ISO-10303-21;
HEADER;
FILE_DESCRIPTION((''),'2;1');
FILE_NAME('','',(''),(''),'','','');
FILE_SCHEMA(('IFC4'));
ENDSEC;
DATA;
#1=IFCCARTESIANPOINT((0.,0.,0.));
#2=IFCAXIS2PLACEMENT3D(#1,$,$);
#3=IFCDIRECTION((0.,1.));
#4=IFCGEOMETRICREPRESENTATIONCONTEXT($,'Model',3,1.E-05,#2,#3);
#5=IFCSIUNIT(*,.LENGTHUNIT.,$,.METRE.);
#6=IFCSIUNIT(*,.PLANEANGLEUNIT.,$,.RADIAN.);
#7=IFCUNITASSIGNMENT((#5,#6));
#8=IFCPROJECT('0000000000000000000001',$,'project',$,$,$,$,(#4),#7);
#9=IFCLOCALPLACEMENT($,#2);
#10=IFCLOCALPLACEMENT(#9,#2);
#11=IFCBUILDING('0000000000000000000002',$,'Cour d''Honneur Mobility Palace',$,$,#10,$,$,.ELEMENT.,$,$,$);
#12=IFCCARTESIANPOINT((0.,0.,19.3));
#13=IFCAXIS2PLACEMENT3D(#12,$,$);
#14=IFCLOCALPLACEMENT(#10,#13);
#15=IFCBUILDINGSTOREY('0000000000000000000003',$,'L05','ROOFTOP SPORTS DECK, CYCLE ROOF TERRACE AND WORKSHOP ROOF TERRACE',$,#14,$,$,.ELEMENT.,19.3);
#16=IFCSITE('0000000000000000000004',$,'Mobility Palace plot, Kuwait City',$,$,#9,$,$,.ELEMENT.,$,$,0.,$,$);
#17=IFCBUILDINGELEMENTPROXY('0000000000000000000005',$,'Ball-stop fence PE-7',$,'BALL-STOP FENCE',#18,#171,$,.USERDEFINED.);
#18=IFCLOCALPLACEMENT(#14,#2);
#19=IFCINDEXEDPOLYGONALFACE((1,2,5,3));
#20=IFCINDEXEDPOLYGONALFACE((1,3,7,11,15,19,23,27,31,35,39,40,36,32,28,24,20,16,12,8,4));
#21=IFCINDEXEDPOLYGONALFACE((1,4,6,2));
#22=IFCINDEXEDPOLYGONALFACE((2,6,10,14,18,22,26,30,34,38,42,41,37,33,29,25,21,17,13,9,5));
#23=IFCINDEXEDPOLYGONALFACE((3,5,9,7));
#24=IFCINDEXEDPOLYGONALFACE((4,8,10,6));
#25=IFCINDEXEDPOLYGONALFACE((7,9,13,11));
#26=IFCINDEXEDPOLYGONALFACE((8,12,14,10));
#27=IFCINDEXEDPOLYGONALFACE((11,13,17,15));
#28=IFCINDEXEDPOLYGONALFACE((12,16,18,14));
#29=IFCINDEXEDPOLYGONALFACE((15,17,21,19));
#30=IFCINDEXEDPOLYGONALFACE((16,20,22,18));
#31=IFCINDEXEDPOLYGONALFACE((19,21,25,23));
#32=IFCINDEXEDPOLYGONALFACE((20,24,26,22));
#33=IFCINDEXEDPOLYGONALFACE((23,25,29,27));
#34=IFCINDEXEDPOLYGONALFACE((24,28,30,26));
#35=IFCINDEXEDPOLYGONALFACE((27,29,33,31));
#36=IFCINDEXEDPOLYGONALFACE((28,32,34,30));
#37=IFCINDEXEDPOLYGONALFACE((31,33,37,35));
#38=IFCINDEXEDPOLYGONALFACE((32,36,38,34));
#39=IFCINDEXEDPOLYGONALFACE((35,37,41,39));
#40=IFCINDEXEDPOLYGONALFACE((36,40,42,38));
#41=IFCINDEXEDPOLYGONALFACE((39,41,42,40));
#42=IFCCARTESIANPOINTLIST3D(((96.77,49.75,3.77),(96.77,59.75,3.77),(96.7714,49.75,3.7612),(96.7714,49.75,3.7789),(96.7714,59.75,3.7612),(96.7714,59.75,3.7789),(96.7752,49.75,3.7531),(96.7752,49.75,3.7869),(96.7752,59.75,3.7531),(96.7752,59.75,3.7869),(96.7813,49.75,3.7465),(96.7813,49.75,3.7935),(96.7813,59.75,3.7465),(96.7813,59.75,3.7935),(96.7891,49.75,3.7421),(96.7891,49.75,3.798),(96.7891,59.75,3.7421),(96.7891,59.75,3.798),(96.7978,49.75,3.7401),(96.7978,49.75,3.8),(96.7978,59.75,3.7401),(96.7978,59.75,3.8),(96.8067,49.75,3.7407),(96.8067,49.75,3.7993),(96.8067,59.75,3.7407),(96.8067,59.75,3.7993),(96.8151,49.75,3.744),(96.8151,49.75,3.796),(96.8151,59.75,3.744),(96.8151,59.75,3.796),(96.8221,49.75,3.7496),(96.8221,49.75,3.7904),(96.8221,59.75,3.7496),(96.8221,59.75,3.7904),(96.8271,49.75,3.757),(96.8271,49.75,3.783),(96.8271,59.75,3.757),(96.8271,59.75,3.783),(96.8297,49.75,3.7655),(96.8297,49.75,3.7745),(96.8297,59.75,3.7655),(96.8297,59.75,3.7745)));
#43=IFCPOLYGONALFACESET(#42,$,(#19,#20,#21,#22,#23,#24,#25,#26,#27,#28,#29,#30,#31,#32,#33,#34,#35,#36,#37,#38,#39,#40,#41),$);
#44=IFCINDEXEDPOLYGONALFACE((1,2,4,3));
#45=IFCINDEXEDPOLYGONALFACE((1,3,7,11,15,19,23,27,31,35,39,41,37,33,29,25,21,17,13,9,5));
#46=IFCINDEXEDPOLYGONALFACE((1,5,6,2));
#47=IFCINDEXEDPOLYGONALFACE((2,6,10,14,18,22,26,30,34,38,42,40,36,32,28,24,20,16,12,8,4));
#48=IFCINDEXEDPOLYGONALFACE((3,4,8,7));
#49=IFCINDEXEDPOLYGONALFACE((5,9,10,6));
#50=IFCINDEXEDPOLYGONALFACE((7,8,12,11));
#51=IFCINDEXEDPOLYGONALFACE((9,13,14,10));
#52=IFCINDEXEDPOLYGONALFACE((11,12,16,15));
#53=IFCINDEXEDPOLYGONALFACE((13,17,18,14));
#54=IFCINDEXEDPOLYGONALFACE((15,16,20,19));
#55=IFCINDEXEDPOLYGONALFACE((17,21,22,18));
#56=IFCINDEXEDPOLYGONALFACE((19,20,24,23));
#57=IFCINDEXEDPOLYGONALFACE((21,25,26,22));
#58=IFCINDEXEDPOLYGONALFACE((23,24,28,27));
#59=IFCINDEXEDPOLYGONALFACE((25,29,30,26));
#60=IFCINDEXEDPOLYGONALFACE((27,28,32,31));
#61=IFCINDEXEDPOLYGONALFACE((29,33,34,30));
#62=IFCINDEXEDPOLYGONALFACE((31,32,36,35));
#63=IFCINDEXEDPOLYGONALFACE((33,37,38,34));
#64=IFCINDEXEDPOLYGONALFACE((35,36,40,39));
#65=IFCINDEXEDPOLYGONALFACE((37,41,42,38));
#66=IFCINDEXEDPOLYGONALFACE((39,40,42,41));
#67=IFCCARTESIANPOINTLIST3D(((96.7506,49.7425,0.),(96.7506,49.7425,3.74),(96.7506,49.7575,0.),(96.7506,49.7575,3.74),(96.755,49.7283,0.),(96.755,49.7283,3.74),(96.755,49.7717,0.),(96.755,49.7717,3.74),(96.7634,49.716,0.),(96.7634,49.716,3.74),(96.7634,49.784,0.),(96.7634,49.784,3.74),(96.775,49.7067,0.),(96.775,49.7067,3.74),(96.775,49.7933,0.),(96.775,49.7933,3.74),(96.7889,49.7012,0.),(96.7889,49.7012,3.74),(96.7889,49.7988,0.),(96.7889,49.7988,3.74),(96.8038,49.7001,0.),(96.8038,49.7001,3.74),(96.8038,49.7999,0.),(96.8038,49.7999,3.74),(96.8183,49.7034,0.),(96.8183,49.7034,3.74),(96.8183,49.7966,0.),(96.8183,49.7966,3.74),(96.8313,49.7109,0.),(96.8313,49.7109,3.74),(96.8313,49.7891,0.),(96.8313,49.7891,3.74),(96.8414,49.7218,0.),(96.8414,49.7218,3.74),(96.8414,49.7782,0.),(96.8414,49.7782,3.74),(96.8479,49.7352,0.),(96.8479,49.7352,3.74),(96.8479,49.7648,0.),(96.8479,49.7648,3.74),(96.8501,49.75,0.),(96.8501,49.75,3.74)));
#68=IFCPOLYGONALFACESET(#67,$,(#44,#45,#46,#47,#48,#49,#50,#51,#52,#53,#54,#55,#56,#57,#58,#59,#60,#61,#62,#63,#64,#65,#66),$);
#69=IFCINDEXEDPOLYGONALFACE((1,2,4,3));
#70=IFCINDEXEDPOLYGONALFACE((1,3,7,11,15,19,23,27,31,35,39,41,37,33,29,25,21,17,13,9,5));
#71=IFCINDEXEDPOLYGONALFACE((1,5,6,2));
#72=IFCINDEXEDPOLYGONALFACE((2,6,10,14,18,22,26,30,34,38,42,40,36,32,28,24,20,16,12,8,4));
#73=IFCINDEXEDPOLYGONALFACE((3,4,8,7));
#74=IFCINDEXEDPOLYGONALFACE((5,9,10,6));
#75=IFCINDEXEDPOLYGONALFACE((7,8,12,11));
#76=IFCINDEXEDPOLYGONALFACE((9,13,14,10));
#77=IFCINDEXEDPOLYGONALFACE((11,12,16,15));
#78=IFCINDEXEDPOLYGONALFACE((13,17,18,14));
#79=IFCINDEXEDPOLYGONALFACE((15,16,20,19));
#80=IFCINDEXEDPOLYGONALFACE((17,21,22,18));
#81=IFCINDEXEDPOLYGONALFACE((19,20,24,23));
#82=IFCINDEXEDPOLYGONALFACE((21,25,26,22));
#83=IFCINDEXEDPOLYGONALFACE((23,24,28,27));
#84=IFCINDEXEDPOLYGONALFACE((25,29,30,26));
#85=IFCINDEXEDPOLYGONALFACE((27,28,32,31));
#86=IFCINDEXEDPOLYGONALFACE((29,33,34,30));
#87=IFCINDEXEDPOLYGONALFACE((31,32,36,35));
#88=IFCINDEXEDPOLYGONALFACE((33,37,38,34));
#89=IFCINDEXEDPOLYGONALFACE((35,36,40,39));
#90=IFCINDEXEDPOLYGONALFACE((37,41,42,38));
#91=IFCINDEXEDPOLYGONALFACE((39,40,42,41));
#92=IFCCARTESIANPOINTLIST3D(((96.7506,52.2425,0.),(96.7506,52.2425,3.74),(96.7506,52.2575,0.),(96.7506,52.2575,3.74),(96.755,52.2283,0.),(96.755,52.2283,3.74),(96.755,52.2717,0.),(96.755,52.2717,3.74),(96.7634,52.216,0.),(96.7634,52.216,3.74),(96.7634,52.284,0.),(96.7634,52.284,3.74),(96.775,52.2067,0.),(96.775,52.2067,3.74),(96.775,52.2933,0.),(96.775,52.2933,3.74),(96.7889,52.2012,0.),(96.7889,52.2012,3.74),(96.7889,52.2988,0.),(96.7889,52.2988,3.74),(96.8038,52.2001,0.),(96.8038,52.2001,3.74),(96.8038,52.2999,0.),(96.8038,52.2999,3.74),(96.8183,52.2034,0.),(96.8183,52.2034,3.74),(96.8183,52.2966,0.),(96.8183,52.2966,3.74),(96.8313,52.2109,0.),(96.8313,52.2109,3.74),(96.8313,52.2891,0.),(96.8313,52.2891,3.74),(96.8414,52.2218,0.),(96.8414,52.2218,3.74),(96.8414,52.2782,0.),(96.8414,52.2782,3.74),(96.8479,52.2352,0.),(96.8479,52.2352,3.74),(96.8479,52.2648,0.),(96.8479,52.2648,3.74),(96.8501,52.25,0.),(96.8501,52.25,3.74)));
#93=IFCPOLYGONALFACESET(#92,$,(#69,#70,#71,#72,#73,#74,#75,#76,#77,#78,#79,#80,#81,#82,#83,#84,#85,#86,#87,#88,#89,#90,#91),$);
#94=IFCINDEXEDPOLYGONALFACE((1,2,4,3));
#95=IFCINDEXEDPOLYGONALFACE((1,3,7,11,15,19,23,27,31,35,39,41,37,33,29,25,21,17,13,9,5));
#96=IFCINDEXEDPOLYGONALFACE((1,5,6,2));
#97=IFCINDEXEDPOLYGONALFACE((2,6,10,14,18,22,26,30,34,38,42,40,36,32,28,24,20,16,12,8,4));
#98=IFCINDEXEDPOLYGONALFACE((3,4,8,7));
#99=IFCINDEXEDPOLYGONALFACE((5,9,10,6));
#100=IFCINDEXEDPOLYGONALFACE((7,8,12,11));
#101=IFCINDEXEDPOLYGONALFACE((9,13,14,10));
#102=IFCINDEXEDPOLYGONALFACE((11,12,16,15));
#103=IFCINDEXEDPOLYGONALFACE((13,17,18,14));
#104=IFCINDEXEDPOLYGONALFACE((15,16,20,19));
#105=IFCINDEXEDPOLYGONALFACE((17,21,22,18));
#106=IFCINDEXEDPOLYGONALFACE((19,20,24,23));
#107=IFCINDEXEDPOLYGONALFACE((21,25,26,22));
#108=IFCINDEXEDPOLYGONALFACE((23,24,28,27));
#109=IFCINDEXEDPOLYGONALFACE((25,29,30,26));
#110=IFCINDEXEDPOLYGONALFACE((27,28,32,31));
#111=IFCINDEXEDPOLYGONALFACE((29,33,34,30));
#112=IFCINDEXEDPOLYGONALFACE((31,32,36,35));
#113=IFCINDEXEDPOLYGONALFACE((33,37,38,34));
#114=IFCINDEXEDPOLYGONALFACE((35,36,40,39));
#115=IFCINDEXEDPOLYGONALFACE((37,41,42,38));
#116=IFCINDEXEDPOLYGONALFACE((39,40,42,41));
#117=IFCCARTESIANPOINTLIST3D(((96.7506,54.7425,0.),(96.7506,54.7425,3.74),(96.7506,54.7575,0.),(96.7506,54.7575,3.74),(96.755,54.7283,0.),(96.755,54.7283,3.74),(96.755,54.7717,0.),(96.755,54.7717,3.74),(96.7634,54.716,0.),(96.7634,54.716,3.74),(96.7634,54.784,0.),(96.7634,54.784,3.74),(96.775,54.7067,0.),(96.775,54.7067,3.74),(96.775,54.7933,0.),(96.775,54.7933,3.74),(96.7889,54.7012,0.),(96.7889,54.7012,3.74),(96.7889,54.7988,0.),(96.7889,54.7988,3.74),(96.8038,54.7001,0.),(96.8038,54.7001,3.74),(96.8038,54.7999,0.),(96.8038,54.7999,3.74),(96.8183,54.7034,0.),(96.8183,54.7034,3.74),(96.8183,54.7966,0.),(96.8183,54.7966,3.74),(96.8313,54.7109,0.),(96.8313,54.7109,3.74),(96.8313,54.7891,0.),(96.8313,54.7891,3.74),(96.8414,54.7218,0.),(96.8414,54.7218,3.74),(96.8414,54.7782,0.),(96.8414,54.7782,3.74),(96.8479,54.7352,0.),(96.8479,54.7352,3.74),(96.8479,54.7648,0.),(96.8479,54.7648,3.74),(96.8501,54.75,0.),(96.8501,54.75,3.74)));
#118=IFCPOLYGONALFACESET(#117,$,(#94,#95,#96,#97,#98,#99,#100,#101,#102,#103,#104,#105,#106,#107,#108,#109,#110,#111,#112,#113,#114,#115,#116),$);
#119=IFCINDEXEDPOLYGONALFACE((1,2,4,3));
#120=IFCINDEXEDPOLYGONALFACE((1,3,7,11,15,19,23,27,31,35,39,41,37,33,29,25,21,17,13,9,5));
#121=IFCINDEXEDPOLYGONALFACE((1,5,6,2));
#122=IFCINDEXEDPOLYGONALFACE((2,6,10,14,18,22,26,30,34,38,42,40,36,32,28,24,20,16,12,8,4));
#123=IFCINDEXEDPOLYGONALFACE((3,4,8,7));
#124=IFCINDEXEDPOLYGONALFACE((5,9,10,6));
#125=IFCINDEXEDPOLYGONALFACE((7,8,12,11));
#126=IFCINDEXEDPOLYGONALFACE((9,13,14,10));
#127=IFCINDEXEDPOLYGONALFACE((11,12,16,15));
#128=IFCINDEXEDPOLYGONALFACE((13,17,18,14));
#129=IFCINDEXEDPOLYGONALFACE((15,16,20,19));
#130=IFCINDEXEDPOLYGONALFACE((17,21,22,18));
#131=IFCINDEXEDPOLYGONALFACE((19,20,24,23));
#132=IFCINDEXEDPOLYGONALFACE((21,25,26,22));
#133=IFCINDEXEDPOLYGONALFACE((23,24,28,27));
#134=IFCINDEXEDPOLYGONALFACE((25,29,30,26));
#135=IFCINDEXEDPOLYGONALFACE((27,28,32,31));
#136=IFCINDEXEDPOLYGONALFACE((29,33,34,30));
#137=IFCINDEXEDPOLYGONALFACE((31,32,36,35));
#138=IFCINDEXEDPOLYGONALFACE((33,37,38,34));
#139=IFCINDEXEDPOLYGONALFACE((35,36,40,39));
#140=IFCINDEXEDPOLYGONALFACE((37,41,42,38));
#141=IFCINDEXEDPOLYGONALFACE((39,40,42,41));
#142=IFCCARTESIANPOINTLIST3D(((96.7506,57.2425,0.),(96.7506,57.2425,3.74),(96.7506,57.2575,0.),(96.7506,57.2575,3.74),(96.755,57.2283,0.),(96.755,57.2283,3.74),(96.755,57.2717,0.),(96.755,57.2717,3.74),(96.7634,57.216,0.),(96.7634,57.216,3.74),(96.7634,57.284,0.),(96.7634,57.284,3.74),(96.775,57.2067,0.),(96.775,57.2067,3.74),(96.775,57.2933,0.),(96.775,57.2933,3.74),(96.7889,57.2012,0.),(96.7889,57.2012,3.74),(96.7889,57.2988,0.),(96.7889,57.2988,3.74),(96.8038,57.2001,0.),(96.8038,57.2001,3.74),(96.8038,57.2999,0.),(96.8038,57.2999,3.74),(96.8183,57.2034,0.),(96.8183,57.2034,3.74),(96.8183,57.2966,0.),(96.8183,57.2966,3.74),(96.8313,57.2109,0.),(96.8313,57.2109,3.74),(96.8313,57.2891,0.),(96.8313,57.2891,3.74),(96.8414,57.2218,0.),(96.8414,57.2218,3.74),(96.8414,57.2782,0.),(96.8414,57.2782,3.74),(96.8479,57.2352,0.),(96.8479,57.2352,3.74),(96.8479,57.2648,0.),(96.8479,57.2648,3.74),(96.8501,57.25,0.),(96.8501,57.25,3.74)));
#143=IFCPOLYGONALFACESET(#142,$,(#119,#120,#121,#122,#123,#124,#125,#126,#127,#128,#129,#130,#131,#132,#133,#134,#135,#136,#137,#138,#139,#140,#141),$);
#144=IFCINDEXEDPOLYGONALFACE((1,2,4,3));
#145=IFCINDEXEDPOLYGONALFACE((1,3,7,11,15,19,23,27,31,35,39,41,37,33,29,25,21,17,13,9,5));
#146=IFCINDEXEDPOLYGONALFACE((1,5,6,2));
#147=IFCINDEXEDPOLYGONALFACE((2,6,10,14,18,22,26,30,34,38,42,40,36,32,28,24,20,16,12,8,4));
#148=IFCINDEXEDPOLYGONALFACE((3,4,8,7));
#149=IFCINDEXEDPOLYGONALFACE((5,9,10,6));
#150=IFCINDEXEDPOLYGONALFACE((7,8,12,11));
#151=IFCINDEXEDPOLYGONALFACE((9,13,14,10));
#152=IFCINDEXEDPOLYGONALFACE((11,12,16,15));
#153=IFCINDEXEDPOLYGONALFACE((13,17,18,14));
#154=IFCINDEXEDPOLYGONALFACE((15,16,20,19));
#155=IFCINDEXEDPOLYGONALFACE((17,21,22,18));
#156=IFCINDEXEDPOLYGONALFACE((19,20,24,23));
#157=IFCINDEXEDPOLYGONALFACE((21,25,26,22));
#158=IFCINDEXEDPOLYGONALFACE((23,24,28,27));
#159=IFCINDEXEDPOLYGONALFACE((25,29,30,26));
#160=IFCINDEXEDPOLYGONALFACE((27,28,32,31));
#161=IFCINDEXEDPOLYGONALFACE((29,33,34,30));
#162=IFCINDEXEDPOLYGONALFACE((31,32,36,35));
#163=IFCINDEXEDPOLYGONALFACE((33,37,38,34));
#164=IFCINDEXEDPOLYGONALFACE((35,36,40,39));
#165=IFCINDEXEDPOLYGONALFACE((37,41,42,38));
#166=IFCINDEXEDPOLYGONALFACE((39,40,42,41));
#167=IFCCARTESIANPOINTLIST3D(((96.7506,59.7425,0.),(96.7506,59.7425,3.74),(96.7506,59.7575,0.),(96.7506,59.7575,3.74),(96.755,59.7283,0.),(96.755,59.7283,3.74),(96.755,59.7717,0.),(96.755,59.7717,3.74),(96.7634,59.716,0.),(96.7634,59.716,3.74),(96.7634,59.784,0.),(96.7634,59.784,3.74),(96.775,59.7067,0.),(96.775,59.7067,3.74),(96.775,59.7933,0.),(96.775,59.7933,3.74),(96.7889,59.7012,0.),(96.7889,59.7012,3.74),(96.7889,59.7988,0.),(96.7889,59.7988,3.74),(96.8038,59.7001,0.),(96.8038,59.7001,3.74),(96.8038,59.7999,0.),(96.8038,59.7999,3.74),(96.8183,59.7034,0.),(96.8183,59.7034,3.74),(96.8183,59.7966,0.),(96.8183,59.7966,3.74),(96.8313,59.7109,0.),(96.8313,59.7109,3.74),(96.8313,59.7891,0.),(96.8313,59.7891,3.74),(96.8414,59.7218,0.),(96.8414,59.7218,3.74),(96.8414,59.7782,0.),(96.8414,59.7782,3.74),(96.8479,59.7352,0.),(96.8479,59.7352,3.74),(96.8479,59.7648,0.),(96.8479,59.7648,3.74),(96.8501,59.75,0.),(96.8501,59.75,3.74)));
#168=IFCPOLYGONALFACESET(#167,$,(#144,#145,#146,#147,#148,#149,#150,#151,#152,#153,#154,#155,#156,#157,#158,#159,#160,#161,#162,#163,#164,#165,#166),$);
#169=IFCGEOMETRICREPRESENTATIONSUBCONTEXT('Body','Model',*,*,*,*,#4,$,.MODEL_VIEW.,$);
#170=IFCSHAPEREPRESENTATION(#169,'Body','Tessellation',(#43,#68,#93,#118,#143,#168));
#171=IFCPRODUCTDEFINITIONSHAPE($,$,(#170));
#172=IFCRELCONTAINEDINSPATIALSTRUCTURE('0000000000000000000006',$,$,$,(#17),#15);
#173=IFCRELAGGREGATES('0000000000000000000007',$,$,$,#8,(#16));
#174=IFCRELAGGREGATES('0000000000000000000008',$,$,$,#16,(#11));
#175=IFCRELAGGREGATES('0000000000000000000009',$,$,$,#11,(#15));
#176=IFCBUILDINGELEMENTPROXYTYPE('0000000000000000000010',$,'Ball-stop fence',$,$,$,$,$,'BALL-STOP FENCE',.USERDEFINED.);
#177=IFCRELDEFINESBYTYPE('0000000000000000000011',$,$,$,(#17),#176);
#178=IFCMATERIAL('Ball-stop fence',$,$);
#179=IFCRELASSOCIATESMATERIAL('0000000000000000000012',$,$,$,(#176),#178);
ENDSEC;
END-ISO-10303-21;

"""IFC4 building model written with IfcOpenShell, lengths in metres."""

from ifc_helpers import new_model, si_unit, direction, frame, origin, origin_2d, place, context, subcontext, project, spatial, circle, extrude, material, type_object, element, save


model = new_model("IFC4")

# Units and contexts
model_context = context("Model", 3, precision=1e-05, world=origin(), true_north=direction((0.0, 1.0)))
body_context = subcontext(model_context, "Body", "Model", "MODEL_VIEW")
ifc_project = project(units=[si_unit("LENGTHUNIT", "METRE"), si_unit("PLANEANGLEUNIT", "RADIAN")], contexts=[model_context])

# Site, building, storey
site_placement = place(None, origin())
site = spatial("IfcSite", under=ifc_project, at=site_placement, Name="Mobility Palace plot, Kuwait City", CompositionType="ELEMENT", RefElevation=0.0)
building_placement = place(site_placement, origin())
building = spatial("IfcBuilding", under=site, at=building_placement, Name="Cour d'Honneur Mobility Palace", CompositionType="ELEMENT")
storey_placement = place(building_placement, frame((0.0, 0.0, 19.3)))
storey = spatial("IfcBuildingStorey", under=building, at=storey_placement, Name="L05", Description="ROOFTOP SPORTS DECK, CYCLE ROOF TERRACE AND WORKSHOP ROOF TERRACE", CompositionType="ELEMENT", Elevation=19.3)

# Building element proxy
ifc_material_1 = material(Name="Ball-stop fence")
building_element_proxy_type = type_object("IfcBuildingElementProxyType", Name="Ball-stop fence", ElementType="BALL-STOP FENCE", PredefinedType="USERDEFINED", material=ifc_material_1)
for number, where, name in (
    (1, (96.8, 49.75, 0.0), "Ball-stop fence PE-7"),
):
    element("IfcBuildingElementProxy", number, at=place(storey_placement, frame(where)), inside=storey, type_object=building_element_proxy_type, Name=name, ObjectType="BALL-STOP FENCE", PredefinedType="USERDEFINED", context=body_context, shape_type="SweptSolid", body=[
        extrude(circle(Radius=0.03, at=origin_2d()), frame((0.0, 0.0, 3.77), z_axis=(0.0, 1.0, 0.0), x_axis=(-1.0, 0.0, 0.0)), (0.0, 0.0, 1.0), 10.0),
        extrude(circle(Radius=0.05, at=origin_2d()), origin(), (0.0, 0.0, 1.0), 3.74),
        extrude(circle(Radius=0.05, at=origin_2d()), frame((0.0, 2.5, 0.0)), (0.0, 0.0, 1.0), 3.74),
        extrude(circle(Radius=0.05, at=origin_2d()), frame((0.0, 5.0, 0.0)), (0.0, 0.0, 1.0), 3.74),
        extrude(circle(Radius=0.05, at=origin_2d()), frame((0.0, 7.5, 0.0)), (0.0, 0.0, 1.0), 3.74),
        extrude(circle(Radius=0.05, at=origin_2d()), frame((0.0, 10.0, 0.0)), (0.0, 0.0, 1.0), 3.74),
    ])

save(model, "model.ifc")
